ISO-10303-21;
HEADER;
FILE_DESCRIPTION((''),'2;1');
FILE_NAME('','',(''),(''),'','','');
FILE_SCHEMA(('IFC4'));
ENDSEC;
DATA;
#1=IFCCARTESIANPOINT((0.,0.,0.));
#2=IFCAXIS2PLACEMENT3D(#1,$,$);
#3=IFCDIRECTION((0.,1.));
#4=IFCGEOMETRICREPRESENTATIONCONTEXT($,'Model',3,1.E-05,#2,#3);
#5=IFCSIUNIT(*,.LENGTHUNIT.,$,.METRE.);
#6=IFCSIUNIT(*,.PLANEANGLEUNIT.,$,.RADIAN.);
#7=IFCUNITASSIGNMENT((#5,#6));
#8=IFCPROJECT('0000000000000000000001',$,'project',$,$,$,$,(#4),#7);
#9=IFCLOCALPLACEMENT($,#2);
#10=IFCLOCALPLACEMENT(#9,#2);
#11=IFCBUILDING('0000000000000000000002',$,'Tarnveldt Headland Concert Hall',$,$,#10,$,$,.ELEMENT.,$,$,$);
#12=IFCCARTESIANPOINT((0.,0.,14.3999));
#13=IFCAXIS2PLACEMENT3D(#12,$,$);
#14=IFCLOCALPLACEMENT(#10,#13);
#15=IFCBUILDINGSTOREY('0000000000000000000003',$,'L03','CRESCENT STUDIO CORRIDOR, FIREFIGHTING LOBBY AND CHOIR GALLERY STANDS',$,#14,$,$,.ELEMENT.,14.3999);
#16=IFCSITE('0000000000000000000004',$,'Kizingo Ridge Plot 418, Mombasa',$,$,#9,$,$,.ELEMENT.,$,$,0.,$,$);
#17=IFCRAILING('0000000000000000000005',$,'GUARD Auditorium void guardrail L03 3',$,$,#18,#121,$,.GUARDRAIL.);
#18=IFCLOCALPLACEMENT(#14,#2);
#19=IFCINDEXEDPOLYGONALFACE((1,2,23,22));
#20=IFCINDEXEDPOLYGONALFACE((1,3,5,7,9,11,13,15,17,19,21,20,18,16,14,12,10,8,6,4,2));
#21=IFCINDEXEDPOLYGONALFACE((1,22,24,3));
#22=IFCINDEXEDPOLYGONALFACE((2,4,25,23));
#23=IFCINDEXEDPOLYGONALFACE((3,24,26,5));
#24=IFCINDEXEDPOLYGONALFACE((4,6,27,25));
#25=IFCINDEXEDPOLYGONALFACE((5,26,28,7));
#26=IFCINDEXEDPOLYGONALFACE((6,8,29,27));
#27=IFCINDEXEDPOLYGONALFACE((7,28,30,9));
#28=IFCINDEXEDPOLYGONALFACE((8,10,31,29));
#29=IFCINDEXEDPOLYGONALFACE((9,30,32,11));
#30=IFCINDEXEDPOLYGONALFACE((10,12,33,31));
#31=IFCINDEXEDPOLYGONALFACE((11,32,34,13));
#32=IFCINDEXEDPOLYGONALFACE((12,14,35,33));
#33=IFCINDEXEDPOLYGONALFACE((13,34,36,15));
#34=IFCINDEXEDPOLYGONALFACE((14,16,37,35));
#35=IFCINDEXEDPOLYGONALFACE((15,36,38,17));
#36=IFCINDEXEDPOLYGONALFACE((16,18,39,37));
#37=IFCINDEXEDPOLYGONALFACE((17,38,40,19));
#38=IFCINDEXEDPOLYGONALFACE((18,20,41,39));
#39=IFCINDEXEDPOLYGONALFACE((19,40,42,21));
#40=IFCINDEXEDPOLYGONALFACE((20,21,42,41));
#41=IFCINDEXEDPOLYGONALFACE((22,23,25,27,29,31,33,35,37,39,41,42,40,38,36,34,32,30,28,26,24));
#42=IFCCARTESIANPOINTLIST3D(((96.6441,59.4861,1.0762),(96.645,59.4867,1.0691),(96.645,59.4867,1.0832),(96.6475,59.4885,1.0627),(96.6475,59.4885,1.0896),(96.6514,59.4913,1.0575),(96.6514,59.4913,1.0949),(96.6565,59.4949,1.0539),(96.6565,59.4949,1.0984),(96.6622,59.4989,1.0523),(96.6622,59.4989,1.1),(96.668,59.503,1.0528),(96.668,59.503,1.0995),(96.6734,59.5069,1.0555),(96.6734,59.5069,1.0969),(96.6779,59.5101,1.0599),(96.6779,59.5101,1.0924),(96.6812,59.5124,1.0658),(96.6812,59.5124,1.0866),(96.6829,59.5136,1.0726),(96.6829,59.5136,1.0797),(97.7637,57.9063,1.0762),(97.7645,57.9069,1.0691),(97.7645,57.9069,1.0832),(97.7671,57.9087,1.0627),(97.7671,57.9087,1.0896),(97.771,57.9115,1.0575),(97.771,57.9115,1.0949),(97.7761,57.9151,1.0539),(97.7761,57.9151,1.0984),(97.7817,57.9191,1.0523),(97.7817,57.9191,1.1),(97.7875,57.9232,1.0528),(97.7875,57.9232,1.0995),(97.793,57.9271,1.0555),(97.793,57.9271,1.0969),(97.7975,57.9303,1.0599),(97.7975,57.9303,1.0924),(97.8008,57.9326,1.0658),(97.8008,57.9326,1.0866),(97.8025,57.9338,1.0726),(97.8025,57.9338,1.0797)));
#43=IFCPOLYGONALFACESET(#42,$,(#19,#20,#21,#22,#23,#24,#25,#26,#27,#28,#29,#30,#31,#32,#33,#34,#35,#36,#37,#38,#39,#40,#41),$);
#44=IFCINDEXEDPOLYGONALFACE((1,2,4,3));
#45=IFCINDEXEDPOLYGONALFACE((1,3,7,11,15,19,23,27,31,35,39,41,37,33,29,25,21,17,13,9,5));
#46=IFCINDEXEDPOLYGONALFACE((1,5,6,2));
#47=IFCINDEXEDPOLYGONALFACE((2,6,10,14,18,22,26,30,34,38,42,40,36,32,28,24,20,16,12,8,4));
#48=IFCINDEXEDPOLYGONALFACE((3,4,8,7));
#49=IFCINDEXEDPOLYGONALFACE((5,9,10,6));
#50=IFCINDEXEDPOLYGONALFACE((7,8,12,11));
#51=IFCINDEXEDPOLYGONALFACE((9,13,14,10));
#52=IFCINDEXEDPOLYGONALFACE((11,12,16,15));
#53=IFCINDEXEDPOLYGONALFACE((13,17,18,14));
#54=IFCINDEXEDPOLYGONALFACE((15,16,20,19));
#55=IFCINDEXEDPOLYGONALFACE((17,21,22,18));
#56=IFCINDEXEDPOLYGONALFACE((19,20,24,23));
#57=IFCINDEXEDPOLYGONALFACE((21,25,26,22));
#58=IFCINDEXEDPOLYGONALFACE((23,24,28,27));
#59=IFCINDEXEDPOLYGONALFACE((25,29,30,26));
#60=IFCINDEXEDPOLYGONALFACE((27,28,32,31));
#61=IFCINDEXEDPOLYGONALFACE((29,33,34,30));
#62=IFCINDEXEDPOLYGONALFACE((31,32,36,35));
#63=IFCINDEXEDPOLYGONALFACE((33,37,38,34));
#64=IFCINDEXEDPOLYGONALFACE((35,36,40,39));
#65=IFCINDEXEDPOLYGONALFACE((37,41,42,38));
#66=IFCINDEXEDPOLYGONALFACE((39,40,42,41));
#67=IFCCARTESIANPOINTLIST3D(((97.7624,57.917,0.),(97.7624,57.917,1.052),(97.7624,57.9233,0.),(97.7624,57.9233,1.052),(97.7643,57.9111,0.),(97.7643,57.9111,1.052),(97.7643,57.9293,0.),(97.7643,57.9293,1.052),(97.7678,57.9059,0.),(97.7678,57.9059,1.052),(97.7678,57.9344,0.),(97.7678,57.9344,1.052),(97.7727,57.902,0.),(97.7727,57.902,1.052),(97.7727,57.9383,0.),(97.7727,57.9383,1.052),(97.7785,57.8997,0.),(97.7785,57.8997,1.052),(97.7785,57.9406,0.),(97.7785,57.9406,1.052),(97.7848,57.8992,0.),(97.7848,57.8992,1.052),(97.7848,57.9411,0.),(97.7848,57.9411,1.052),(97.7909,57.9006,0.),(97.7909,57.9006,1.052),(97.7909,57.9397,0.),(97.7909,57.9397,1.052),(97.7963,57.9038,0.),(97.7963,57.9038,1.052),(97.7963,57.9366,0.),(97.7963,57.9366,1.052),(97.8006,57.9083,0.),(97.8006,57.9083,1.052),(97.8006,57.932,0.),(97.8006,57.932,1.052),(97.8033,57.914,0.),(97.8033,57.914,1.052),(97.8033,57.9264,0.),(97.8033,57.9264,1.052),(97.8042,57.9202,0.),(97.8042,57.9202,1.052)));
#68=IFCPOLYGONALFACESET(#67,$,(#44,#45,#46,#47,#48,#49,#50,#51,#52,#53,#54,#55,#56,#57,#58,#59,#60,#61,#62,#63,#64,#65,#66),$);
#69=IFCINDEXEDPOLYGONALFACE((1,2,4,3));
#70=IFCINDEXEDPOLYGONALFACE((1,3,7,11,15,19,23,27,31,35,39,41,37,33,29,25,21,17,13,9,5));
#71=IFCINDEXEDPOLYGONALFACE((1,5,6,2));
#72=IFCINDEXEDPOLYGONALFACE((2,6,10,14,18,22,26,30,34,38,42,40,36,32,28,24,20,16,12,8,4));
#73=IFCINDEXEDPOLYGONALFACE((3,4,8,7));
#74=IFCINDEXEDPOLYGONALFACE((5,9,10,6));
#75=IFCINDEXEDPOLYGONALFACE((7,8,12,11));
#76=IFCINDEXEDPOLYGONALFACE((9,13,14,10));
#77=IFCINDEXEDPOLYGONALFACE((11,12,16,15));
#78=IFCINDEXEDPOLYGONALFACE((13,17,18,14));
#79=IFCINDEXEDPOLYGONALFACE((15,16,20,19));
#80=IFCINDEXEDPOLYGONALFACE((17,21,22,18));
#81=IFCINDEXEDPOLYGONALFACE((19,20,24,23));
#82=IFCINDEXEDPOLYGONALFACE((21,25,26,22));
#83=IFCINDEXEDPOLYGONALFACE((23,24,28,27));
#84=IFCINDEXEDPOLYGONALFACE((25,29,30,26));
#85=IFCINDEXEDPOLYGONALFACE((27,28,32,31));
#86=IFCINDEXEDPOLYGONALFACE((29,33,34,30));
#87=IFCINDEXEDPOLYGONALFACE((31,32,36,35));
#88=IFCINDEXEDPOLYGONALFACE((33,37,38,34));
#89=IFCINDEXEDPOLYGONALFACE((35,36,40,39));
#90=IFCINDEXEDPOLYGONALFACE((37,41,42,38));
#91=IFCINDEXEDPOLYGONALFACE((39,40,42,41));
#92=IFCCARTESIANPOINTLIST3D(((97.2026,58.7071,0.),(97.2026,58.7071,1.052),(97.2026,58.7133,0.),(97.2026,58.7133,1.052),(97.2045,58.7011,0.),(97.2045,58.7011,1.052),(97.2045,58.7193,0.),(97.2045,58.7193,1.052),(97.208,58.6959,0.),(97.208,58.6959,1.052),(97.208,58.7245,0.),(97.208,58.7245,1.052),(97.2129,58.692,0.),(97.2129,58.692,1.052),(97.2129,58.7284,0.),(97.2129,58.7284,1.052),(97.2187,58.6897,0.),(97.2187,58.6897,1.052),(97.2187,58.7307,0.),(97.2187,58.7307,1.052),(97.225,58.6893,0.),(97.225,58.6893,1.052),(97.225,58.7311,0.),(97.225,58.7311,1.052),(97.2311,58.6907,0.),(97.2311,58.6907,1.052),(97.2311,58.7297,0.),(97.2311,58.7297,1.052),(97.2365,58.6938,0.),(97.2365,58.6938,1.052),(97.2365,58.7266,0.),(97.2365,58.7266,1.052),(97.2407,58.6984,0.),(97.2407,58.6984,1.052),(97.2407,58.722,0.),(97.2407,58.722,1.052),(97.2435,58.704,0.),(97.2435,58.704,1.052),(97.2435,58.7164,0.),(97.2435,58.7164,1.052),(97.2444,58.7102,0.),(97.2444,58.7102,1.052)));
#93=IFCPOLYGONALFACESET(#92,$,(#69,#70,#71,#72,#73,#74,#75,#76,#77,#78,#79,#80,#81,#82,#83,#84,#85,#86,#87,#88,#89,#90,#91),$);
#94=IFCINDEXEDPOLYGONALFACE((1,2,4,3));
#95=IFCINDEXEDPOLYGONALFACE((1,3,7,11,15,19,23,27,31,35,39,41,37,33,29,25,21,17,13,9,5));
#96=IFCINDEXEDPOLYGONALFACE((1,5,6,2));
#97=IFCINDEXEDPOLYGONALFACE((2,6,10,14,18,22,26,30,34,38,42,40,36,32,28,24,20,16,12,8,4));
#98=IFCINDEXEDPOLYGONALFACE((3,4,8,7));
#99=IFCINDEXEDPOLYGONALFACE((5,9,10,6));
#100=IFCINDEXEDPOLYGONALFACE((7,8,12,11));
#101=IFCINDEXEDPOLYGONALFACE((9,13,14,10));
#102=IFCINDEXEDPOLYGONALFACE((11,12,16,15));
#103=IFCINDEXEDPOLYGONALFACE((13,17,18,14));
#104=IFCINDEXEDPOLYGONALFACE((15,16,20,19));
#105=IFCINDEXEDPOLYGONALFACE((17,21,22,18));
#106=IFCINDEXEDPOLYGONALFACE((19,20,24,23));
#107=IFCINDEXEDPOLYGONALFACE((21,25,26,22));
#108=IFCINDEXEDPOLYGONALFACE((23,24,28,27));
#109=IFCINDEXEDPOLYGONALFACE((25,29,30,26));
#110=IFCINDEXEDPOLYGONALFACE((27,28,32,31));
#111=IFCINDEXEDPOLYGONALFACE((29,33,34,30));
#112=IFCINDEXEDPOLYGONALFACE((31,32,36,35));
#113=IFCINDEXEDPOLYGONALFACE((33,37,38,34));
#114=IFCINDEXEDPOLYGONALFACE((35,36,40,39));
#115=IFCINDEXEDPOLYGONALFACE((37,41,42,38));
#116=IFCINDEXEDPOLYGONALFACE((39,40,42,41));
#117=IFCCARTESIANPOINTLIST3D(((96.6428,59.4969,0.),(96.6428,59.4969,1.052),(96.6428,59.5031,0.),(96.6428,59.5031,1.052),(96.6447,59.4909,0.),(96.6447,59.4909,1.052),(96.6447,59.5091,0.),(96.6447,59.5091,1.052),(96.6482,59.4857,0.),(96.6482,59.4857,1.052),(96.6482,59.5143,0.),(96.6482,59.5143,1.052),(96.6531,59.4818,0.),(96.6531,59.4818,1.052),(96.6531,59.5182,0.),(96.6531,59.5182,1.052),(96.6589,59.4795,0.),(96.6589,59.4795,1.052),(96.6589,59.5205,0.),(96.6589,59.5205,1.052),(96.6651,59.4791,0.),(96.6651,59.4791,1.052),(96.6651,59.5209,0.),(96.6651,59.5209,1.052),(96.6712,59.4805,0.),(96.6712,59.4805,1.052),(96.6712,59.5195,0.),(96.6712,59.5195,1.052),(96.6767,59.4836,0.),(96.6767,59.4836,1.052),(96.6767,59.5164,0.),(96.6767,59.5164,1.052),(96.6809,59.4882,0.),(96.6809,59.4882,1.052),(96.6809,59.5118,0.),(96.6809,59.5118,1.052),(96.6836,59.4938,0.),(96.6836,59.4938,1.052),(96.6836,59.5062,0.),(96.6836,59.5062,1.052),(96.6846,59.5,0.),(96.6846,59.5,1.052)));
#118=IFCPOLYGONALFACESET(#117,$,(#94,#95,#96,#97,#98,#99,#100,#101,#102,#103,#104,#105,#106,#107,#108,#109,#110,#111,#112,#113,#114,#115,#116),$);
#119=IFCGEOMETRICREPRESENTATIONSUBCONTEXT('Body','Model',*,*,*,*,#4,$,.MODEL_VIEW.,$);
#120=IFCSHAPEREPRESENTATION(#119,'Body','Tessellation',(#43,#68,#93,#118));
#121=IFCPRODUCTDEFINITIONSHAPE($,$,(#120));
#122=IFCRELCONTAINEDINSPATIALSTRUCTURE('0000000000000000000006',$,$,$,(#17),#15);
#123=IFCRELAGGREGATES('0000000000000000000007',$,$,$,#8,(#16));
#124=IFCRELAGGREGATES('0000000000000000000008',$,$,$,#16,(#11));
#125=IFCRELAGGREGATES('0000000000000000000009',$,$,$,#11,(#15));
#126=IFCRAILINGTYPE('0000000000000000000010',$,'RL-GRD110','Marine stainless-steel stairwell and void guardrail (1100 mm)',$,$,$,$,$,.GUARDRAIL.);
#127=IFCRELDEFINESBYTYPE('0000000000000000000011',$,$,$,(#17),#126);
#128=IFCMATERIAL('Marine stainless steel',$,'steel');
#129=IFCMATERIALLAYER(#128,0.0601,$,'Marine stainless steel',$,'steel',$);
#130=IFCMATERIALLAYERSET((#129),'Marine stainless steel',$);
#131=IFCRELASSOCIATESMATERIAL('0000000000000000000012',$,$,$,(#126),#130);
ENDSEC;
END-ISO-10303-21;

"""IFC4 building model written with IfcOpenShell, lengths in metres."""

from ifc_helpers import new_model, si_unit, direction, frame, origin, origin_2d, place, context, subcontext, project, spatial, circle, extrude, material, layer, layer_set, type_object, element, save


model = new_model("IFC4")

# Units and contexts
model_context = context("Model", 3, precision=1e-05, world=origin(), true_north=direction((0.0, 1.0)))
body_context = subcontext(model_context, "Body", "Model", "MODEL_VIEW")
ifc_project = project(units=[si_unit("LENGTHUNIT", "METRE"), si_unit("PLANEANGLEUNIT", "RADIAN")], contexts=[model_context])

# Site, building, storey
site_placement = place(None, origin())
site = spatial("IfcSite", under=ifc_project, at=site_placement, Name="Kizingo Ridge Plot 418, Mombasa", CompositionType="ELEMENT", RefElevation=0.0)
building_placement = place(site_placement, origin())
building = spatial("IfcBuilding", under=site, at=building_placement, Name="Tarnveldt Headland Concert Hall", CompositionType="ELEMENT")
storey_placement = place(building_placement, frame((0.0, 0.0, 14.3999)))
storey = spatial("IfcBuildingStorey", under=building, at=storey_placement, Name="L03", Description="CRESCENT STUDIO CORRIDOR, FIREFIGHTING LOBBY AND CHOIR GALLERY STANDS", CompositionType="ELEMENT", Elevation=14.3999)

# Railing
ifc_material_1 = material(Name="Marine stainless steel", Category="steel")
ifc_layer_1 = layer(ifc_material_1, 0.0601, Name="Marine stainless steel", Category="steel")
ifc_layer_set_1 = layer_set([ifc_layer_1], Name="Marine stainless steel")
railing_type = type_object("IfcRailingType", Name="RL-GRD110", Description="Marine stainless-steel stairwell and void guardrail (1100 mm)", PredefinedType="GUARDRAIL", material=ifc_layer_set_1)
railing_1_placement = place(storey_placement, frame((97.7832, 57.9202, 0.0)))
element("IfcRailing", 1, at=railing_1_placement, inside=storey, type_object=railing_type, Name="GUARD Auditorium void guardrail L03 3", PredefinedType="GUARDRAIL", context=body_context, shape_type="SweptSolid", body=[
    extrude(circle(Radius=0.0239, at=origin_2d()), frame((0.0, 0.0, 1.0762), z_axis=(-0.578217, 0.815883, 0.0), x_axis=(-0.815883, -0.578217, 0.0)), (0.0, 0.0, 1.0), 1.9363),
    extrude(circle(Radius=0.021, at=origin_2d()), origin(), (0.0, 0.0, 1.0), 1.052),
    extrude(circle(Radius=0.021, at=origin_2d()), frame((-0.5598, 0.79, 0.0)), (0.0, 0.0, 1.0), 1.052),
    extrude(circle(Radius=0.021, at=origin_2d()), frame((-1.1196, 1.5798, 0.0)), (0.0, 0.0, 1.0), 1.052),
])

save(model, "model.ifc")
